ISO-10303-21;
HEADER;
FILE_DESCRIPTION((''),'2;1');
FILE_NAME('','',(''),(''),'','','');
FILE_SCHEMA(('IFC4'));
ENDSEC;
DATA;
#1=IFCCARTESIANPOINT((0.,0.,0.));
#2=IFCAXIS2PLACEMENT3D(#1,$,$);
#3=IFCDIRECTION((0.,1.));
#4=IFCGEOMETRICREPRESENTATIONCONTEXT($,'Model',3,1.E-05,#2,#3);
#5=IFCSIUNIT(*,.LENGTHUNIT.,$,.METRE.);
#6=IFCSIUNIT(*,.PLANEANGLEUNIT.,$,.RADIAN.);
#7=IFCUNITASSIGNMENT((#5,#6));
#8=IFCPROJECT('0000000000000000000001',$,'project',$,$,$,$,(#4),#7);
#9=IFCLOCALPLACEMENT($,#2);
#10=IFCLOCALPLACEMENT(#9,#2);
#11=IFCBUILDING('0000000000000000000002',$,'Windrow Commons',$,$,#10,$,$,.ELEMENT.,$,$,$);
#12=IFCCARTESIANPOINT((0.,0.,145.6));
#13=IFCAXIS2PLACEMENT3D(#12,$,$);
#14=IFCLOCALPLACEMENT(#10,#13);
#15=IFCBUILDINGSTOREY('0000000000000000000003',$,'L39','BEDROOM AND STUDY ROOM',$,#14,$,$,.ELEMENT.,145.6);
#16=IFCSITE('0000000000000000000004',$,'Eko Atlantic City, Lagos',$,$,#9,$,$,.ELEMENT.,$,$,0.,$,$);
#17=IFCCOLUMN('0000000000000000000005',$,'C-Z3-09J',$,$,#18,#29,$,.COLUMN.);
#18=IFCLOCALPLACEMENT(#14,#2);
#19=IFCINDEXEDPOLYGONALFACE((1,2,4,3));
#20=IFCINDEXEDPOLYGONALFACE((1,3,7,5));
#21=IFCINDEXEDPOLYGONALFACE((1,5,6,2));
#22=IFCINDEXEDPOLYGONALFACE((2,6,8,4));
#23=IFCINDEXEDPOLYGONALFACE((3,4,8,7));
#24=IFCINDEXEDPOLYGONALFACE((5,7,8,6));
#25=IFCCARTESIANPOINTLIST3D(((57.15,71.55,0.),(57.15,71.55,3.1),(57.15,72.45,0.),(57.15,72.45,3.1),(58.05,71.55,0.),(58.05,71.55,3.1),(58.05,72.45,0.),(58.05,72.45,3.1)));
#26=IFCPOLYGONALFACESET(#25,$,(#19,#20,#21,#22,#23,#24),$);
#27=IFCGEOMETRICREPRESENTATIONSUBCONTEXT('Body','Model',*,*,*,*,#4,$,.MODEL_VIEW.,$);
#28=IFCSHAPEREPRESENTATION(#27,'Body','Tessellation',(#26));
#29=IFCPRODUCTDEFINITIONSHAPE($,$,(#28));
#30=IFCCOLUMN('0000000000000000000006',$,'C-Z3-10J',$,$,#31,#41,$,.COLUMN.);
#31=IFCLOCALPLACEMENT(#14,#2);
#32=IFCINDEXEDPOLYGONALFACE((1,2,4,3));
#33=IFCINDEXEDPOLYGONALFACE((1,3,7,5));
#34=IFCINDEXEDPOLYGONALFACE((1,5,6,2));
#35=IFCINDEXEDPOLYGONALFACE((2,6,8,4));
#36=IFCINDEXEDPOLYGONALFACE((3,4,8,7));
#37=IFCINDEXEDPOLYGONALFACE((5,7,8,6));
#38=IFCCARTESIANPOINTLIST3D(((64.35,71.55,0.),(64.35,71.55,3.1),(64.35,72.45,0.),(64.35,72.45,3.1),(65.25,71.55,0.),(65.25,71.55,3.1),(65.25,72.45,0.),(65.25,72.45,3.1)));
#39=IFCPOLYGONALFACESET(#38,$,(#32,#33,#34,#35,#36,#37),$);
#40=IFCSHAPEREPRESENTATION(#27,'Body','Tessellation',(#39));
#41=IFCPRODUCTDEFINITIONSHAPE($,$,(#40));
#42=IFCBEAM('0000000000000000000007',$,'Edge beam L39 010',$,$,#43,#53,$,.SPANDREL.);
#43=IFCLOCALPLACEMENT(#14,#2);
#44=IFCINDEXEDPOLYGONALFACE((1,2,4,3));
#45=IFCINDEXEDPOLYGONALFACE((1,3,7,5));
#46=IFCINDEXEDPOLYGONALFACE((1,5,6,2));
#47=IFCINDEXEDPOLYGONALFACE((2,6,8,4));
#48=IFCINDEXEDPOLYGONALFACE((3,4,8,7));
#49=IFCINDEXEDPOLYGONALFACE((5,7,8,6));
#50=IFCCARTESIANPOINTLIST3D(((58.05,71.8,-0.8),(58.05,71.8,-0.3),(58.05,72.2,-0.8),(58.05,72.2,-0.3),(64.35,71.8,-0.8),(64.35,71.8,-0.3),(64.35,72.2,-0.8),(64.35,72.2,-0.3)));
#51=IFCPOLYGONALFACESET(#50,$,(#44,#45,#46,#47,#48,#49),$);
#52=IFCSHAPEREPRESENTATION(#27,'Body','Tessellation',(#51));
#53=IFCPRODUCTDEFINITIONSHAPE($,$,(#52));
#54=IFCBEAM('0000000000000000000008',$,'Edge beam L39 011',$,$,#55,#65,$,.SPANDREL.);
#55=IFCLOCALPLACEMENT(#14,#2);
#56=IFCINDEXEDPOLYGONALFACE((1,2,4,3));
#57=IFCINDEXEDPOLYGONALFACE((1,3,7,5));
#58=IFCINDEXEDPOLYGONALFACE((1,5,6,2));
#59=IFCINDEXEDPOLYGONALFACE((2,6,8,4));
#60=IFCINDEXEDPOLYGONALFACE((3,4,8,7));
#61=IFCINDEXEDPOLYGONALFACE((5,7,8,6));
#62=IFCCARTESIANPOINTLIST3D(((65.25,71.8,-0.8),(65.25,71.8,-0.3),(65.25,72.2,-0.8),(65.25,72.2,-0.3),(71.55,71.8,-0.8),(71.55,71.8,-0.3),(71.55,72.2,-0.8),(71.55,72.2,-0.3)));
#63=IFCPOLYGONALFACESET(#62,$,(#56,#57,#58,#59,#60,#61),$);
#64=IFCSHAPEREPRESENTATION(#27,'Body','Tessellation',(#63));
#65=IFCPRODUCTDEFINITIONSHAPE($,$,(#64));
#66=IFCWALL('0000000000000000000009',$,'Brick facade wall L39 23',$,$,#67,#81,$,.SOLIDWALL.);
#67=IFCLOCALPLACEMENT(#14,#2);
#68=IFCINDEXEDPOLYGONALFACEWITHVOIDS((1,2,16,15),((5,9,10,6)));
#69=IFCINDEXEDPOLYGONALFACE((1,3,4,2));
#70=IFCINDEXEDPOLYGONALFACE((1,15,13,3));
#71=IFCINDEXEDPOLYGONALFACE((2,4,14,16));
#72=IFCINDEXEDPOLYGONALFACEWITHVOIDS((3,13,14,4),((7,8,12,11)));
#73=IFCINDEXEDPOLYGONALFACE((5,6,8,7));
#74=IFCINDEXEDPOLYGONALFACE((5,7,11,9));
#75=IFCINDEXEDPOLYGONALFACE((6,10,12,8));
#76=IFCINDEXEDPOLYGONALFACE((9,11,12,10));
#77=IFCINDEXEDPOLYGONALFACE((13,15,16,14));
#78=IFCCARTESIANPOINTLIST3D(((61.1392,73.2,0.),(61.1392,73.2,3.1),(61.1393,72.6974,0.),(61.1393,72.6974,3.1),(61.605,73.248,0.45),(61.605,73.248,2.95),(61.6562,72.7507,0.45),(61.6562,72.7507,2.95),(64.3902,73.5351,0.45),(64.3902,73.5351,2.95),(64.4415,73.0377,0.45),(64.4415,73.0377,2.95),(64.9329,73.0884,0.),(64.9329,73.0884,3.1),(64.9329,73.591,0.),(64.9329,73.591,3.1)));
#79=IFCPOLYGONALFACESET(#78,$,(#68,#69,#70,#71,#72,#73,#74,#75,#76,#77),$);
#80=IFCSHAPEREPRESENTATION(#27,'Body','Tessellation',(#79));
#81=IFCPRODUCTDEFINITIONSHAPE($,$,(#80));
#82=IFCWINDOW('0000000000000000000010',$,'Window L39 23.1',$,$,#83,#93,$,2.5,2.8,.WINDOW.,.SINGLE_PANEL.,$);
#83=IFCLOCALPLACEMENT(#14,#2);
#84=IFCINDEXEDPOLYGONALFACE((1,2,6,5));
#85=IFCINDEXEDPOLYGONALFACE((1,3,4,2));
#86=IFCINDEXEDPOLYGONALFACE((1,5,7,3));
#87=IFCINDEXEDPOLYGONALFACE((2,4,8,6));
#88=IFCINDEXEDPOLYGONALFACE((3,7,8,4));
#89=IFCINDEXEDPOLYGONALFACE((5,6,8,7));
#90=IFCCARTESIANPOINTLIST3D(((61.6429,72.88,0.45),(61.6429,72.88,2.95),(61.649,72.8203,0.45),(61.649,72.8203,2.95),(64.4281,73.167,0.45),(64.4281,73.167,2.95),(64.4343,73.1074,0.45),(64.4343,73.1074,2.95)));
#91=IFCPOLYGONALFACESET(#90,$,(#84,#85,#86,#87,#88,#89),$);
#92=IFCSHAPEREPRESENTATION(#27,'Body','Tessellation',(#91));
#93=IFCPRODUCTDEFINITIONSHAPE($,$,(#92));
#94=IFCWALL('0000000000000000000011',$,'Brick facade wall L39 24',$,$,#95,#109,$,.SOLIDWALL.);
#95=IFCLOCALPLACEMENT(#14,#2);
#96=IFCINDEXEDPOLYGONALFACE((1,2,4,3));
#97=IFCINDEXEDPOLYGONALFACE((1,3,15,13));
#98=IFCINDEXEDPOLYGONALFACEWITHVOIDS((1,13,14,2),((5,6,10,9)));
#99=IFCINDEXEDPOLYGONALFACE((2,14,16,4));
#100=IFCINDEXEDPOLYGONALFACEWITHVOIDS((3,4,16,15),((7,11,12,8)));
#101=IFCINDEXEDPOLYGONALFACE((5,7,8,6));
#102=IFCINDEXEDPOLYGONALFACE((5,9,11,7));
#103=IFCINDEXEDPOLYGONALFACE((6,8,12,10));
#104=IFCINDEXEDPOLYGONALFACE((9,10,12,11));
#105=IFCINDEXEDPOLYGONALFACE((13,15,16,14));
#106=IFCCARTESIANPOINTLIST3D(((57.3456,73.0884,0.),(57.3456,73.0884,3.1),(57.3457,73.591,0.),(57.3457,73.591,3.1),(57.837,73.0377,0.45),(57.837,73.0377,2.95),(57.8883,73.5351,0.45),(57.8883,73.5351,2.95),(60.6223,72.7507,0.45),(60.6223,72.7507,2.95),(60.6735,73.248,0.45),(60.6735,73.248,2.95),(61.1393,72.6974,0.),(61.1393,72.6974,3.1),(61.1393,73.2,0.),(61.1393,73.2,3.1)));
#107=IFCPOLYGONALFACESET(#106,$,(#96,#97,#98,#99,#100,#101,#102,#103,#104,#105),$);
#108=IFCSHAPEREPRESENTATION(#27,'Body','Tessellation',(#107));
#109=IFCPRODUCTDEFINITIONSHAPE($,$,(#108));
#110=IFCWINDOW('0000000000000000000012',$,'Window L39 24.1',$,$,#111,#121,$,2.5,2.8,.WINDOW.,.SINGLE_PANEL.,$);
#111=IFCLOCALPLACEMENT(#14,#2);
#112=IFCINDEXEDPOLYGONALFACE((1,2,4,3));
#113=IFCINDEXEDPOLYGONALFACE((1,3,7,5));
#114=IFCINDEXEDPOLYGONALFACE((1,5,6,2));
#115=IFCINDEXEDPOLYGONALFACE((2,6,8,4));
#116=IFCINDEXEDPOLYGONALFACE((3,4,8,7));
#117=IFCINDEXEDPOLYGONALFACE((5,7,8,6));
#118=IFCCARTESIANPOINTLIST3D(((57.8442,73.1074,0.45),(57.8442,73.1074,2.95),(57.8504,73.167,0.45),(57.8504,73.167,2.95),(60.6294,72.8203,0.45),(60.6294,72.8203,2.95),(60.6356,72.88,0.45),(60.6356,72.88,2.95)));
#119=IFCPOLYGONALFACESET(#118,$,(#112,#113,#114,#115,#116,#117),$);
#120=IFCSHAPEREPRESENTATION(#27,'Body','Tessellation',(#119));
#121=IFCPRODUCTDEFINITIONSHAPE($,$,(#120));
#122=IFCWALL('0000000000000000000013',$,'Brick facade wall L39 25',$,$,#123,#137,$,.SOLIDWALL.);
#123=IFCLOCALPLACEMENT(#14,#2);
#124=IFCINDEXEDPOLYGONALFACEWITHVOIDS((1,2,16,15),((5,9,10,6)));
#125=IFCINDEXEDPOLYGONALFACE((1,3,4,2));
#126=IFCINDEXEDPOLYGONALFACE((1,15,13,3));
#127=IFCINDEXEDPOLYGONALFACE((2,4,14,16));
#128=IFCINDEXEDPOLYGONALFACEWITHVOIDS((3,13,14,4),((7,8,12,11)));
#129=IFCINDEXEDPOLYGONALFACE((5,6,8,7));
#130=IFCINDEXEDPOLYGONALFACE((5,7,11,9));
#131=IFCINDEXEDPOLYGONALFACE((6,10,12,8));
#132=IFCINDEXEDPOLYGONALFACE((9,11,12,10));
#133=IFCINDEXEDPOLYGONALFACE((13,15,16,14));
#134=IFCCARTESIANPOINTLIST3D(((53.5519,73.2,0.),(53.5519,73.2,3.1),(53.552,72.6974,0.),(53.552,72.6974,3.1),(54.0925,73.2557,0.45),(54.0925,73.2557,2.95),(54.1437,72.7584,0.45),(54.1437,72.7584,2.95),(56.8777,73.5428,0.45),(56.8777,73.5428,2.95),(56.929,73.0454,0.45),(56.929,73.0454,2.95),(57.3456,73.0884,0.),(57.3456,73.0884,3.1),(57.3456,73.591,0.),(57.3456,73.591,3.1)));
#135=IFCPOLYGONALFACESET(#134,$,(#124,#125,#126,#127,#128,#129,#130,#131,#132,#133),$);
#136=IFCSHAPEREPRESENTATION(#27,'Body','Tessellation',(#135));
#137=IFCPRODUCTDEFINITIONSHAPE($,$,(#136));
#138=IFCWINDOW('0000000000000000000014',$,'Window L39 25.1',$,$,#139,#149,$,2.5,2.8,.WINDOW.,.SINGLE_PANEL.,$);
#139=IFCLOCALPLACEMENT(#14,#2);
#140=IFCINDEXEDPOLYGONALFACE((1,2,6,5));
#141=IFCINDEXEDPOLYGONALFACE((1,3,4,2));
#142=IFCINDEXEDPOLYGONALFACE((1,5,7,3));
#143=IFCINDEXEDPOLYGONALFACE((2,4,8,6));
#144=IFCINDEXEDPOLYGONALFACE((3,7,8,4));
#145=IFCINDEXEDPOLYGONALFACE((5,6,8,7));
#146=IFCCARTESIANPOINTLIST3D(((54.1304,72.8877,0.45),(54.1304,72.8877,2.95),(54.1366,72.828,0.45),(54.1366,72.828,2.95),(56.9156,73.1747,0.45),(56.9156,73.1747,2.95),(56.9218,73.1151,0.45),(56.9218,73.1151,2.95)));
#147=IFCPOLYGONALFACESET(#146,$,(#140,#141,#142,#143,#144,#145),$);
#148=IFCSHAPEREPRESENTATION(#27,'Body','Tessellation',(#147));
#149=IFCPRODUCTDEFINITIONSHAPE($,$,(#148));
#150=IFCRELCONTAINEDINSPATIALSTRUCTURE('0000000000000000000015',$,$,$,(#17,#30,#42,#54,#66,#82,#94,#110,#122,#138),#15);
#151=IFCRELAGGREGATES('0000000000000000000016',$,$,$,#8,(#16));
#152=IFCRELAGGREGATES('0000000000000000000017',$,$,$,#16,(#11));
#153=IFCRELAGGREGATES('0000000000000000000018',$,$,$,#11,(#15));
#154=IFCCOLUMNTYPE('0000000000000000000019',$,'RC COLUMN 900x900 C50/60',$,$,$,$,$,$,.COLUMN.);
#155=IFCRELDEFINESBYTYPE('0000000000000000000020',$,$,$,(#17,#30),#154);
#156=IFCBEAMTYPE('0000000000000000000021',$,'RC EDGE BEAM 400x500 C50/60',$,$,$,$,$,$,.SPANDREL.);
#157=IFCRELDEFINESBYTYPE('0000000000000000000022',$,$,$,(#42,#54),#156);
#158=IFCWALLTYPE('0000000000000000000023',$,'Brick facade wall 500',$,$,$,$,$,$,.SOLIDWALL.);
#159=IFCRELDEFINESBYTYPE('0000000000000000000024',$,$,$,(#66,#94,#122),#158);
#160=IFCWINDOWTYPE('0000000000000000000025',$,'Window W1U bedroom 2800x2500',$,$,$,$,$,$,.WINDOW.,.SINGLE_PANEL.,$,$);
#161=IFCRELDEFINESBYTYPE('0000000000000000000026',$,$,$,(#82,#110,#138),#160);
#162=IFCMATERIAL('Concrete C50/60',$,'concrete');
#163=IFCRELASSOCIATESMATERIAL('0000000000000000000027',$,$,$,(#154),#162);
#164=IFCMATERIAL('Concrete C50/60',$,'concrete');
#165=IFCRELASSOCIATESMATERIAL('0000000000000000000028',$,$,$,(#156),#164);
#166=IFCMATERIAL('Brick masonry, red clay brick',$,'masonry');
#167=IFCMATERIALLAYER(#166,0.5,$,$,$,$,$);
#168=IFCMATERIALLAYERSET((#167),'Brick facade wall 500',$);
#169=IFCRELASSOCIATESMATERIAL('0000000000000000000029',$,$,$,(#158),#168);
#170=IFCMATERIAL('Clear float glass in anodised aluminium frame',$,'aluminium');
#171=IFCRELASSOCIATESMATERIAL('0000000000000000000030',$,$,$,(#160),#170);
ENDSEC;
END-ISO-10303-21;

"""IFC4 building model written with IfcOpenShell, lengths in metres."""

from ifc_helpers import new_model, si_unit, direction, frame, frame_2d, origin, origin_2d, place, context, subcontext, project, spatial, polyline, rectangle, outline, extrude, material, layer, layer_set, material_profile, profile_set, type_object, element, fill, save


model = new_model("IFC4")

# Units and contexts
model_context = context("Model", 3, precision=1e-05, world=origin(), true_north=direction((0.0, 1.0)))
body_context = subcontext(model_context, "Body", "Model", "MODEL_VIEW")
ifc_project = project(units=[si_unit("LENGTHUNIT", "METRE"), si_unit("PLANEANGLEUNIT", "RADIAN")], contexts=[model_context])

# Site, building, storey
site_placement = place(None, origin())
site = spatial("IfcSite", under=ifc_project, at=site_placement, Name="Eko Atlantic City, Lagos", CompositionType="ELEMENT", RefElevation=0.0)
building_placement = place(site_placement, origin())
building = spatial("IfcBuilding", under=site, at=building_placement, Name="Windrow Commons", CompositionType="ELEMENT")
storey_placement = place(building_placement, frame((0.0, 0.0, 145.6)))
storey = spatial("IfcBuildingStorey", under=building, at=storey_placement, Name="L39", Description="BEDROOM AND STUDY ROOM", CompositionType="ELEMENT", Elevation=145.6)

# Columns
ifc_material_1 = material(Name="Concrete C50/60", Category="concrete")
ifc_material_profile_1 = material_profile(ifc_material_1, rectangle(XDim=0.9, YDim=0.9, at=origin_2d()))
ifc_profile_set_1 = profile_set([ifc_material_profile_1], Name="Concrete C50/60")
column_type = type_object("IfcColumnType", Name="RC COLUMN 900x900 C50/60", PredefinedType="COLUMN", material=ifc_profile_set_1)
for number, where, z_axis, x_axis, name in (
    (1, (57.6, 72.0, 0.0), (0.0, 0.0, 1.0), (1.0, 0.0, 0.0), "C-Z3-09J"),
    (2, (64.8, 72.0, 0.0), (0.0, 0.0, 1.0), (1.0, 0.0, 0.0), "C-Z3-10J"),
):
    element("IfcColumn", number, at=place(storey_placement, frame(where, z_axis=z_axis, x_axis=x_axis)), inside=storey, type_object=column_type, Name=name, PredefinedType="COLUMN", context=body_context, shape_type="SweptSolid", body=[
        extrude(rectangle(XDim=0.9, YDim=0.9, at=origin_2d()), origin(), (0.0, 0.0, 1.0), 3.1),
    ])

# Beams
ifc_material_2 = material(Name="Concrete C50/60", Category="concrete")
ifc_material_profile_2 = material_profile(ifc_material_2, rectangle(XDim=0.4, YDim=0.5, at=origin_2d()))
ifc_profile_set_2 = profile_set([ifc_material_profile_2], Name="Concrete C50/60")
beam_type = type_object("IfcBeamType", Name="RC EDGE BEAM 400x500 C50/60", PredefinedType="SPANDREL", material=ifc_profile_set_2)
for number, where, z_axis, x_axis, name in (
    (3, (58.05, 72.0, -0.55), (1.0, 0.0, 0.0), (0.0, 1.0, 0.0), "Edge beam L39 010"),
    (4, (65.25, 72.0, -0.55), (1.0, 0.0, 0.0), (0.0, 1.0, 0.0), "Edge beam L39 011"),
):
    element("IfcBeam", number, at=place(storey_placement, frame(where, z_axis=z_axis, x_axis=x_axis)), inside=storey, type_object=beam_type, Name=name, PredefinedType="SPANDREL", context=body_context, shape_type="SweptSolid", body=[
        extrude(rectangle(XDim=0.4, YDim=0.5, at=origin_2d()), origin(), (0.0, 0.0, 1.0), 6.3),
    ])

# Walls, openings, windows
ifc_material_3 = material(Name="Brick masonry, red clay brick", Category="masonry")
ifc_layer_1 = layer(ifc_material_3, 0.5)
ifc_layer_set_1 = layer_set([ifc_layer_1], Name="Brick facade wall 500")
wall_type_1 = type_object("IfcWallType", Name="Brick facade wall 500", PredefinedType="SOLIDWALL", material=ifc_layer_set_1)
wall_1_placement = place(storey_placement, frame((64.9329, 73.3397, 0.0), z_axis=(0.0, 0.0, 1.0), x_axis=(-0.99473, -0.102525, 0.0)))
wall_1 = element("IfcWall", 5, at=wall_1_placement, inside=storey, type_object=wall_type_1, Name="Brick facade wall L39 23", PredefinedType="SOLIDWALL", context=body_context, shape_type="SweptSolid", body=[
    extrude(outline(polyline([(-0.0258, -0.25), (3.788, -0.25), (3.8395, 0.25), (0.0258, 0.25), (-0.0258, -0.25)])), origin(), (0.0, 0.0, 1.0), 3.1),
])
opening_1_placement = place(wall_1_placement, frame((0.5198, 0.0, 0.45)))
opening_1 = element("IfcOpeningElement", 6, at=opening_1_placement, cuts=wall_1, PredefinedType="OPENING", context=body_context, shape_type="SweptSolid", body=[
    extrude(rectangle(XDim=2.8, YDim=2.5, at=frame_2d((1.4, 1.25))), frame((0.0, 0.26, 0.0), z_axis=(0.0, -1.0, 0.0), x_axis=(1.0, 0.0, 0.0)), (0.0, 0.0, 1.0), 0.52),
])
ifc_material_4 = material(Name="Clear float glass in anodised aluminium frame", Category="aluminium")
window_type = type_object("IfcWindowType", Name="Window W1U bedroom 2800x2500", PartitioningType="SINGLE_PANEL", PredefinedType="WINDOW", material=ifc_material_4)
window_1_placement = place(opening_1_placement, origin())
window_1 = element("IfcWindow", 7, at=window_1_placement, inside=storey, type_object=window_type, Name="Window L39 23.1", OverallHeight=2.5, OverallWidth=2.8, PartitioningType="SINGLE_PANEL", PredefinedType="WINDOW", context=body_context, shape_type="SweptSolid", body=[
    extrude(rectangle(XDim=2.8, YDim=2.5, at=frame_2d((1.4, 1.25))), frame((0.0, 0.18, 0.0), z_axis=(0.0, -1.0, 0.0), x_axis=(1.0, 0.0, 0.0)), (0.0, 0.0, 1.0), 0.06),
])
fill(opening_1, window_1)
wall_2_placement = place(storey_placement, frame((61.1393, 72.9487, 0.0), z_axis=(0.0, 0.0, 1.0), x_axis=(-0.994731, 0.102523, 0.0)))
wall_2 = element("IfcWall", 8, at=wall_2_placement, inside=storey, type_object=wall_type_1, Name="Brick facade wall L39 24", PredefinedType="SOLIDWALL", context=body_context, shape_type="SweptSolid", body=[
    extrude(outline(polyline([(0.0258, -0.25), (3.8395, -0.25), (3.788, 0.25), (-0.0258, 0.25), (0.0258, -0.25)])), origin(), (0.0, 0.0, 1.0), 3.1),
])
opening_2_placement = place(wall_2_placement, frame((0.494, 0.0, 0.45)))
opening_2 = element("IfcOpeningElement", 9, at=opening_2_placement, cuts=wall_2, PredefinedType="OPENING", context=body_context, shape_type="SweptSolid", body=[
    extrude(rectangle(XDim=2.8, YDim=2.5, at=frame_2d((1.4, 1.25))), frame((0.0, 0.26, 0.0), z_axis=(0.0, -1.0, 0.0), x_axis=(1.0, 0.0, 0.0)), (0.0, 0.0, 1.0), 0.52),
])
window_2_placement = place(opening_2_placement, origin())
window_2 = element("IfcWindow", 10, at=window_2_placement, inside=storey, type_object=window_type, Name="Window L39 24.1", OverallHeight=2.5, OverallWidth=2.8, PartitioningType="SINGLE_PANEL", PredefinedType="WINDOW", context=body_context, shape_type="SweptSolid", body=[
    extrude(rectangle(XDim=2.8, YDim=2.5, at=frame_2d((1.4, 1.25))), frame((0.0, 0.18, 0.0), z_axis=(0.0, -1.0, 0.0), x_axis=(1.0, 0.0, 0.0)), (0.0, 0.0, 1.0), 0.06),
])
fill(opening_2, window_2)
wall_3_placement = place(storey_placement, frame((57.3456, 73.3397, 0.0), z_axis=(0.0, 0.0, 1.0), x_axis=(-0.99473, -0.102525, 0.0)))
wall_3 = element("IfcWall", 11, at=wall_3_placement, inside=storey, type_object=wall_type_1, Name="Brick facade wall L39 25", PredefinedType="SOLIDWALL", context=body_context, shape_type="SweptSolid", body=[
    extrude(outline(polyline([(-0.0258, -0.25), (3.788, -0.25), (3.8395, 0.25), (0.0258, 0.25), (-0.0258, -0.25)])), origin(), (0.0, 0.0, 1.0), 3.1),
])
opening_3_placement = place(wall_3_placement, frame((0.4446, 0.0, 0.45)))
opening_3 = element("IfcOpeningElement", 12, at=opening_3_placement, cuts=wall_3, PredefinedType="OPENING", context=body_context, shape_type="SweptSolid", body=[
    extrude(rectangle(XDim=2.8, YDim=2.5, at=frame_2d((1.4, 1.25))), frame((0.0, 0.26, 0.0), z_axis=(0.0, -1.0, 0.0), x_axis=(1.0, 0.0, 0.0)), (0.0, 0.0, 1.0), 0.52),
])
window_3_placement = place(opening_3_placement, origin())
window_3 = element("IfcWindow", 13, at=window_3_placement, inside=storey, type_object=window_type, Name="Window L39 25.1", OverallHeight=2.5, OverallWidth=2.8, PartitioningType="SINGLE_PANEL", PredefinedType="WINDOW", context=body_context, shape_type="SweptSolid", body=[
    extrude(rectangle(XDim=2.8, YDim=2.5, at=frame_2d((1.4, 1.25))), frame((0.0, 0.18, 0.0), z_axis=(0.0, -1.0, 0.0), x_axis=(1.0, 0.0, 0.0)), (0.0, 0.0, 1.0), 0.06),
])
fill(opening_3, window_3)

save(model, "model.ifc")
